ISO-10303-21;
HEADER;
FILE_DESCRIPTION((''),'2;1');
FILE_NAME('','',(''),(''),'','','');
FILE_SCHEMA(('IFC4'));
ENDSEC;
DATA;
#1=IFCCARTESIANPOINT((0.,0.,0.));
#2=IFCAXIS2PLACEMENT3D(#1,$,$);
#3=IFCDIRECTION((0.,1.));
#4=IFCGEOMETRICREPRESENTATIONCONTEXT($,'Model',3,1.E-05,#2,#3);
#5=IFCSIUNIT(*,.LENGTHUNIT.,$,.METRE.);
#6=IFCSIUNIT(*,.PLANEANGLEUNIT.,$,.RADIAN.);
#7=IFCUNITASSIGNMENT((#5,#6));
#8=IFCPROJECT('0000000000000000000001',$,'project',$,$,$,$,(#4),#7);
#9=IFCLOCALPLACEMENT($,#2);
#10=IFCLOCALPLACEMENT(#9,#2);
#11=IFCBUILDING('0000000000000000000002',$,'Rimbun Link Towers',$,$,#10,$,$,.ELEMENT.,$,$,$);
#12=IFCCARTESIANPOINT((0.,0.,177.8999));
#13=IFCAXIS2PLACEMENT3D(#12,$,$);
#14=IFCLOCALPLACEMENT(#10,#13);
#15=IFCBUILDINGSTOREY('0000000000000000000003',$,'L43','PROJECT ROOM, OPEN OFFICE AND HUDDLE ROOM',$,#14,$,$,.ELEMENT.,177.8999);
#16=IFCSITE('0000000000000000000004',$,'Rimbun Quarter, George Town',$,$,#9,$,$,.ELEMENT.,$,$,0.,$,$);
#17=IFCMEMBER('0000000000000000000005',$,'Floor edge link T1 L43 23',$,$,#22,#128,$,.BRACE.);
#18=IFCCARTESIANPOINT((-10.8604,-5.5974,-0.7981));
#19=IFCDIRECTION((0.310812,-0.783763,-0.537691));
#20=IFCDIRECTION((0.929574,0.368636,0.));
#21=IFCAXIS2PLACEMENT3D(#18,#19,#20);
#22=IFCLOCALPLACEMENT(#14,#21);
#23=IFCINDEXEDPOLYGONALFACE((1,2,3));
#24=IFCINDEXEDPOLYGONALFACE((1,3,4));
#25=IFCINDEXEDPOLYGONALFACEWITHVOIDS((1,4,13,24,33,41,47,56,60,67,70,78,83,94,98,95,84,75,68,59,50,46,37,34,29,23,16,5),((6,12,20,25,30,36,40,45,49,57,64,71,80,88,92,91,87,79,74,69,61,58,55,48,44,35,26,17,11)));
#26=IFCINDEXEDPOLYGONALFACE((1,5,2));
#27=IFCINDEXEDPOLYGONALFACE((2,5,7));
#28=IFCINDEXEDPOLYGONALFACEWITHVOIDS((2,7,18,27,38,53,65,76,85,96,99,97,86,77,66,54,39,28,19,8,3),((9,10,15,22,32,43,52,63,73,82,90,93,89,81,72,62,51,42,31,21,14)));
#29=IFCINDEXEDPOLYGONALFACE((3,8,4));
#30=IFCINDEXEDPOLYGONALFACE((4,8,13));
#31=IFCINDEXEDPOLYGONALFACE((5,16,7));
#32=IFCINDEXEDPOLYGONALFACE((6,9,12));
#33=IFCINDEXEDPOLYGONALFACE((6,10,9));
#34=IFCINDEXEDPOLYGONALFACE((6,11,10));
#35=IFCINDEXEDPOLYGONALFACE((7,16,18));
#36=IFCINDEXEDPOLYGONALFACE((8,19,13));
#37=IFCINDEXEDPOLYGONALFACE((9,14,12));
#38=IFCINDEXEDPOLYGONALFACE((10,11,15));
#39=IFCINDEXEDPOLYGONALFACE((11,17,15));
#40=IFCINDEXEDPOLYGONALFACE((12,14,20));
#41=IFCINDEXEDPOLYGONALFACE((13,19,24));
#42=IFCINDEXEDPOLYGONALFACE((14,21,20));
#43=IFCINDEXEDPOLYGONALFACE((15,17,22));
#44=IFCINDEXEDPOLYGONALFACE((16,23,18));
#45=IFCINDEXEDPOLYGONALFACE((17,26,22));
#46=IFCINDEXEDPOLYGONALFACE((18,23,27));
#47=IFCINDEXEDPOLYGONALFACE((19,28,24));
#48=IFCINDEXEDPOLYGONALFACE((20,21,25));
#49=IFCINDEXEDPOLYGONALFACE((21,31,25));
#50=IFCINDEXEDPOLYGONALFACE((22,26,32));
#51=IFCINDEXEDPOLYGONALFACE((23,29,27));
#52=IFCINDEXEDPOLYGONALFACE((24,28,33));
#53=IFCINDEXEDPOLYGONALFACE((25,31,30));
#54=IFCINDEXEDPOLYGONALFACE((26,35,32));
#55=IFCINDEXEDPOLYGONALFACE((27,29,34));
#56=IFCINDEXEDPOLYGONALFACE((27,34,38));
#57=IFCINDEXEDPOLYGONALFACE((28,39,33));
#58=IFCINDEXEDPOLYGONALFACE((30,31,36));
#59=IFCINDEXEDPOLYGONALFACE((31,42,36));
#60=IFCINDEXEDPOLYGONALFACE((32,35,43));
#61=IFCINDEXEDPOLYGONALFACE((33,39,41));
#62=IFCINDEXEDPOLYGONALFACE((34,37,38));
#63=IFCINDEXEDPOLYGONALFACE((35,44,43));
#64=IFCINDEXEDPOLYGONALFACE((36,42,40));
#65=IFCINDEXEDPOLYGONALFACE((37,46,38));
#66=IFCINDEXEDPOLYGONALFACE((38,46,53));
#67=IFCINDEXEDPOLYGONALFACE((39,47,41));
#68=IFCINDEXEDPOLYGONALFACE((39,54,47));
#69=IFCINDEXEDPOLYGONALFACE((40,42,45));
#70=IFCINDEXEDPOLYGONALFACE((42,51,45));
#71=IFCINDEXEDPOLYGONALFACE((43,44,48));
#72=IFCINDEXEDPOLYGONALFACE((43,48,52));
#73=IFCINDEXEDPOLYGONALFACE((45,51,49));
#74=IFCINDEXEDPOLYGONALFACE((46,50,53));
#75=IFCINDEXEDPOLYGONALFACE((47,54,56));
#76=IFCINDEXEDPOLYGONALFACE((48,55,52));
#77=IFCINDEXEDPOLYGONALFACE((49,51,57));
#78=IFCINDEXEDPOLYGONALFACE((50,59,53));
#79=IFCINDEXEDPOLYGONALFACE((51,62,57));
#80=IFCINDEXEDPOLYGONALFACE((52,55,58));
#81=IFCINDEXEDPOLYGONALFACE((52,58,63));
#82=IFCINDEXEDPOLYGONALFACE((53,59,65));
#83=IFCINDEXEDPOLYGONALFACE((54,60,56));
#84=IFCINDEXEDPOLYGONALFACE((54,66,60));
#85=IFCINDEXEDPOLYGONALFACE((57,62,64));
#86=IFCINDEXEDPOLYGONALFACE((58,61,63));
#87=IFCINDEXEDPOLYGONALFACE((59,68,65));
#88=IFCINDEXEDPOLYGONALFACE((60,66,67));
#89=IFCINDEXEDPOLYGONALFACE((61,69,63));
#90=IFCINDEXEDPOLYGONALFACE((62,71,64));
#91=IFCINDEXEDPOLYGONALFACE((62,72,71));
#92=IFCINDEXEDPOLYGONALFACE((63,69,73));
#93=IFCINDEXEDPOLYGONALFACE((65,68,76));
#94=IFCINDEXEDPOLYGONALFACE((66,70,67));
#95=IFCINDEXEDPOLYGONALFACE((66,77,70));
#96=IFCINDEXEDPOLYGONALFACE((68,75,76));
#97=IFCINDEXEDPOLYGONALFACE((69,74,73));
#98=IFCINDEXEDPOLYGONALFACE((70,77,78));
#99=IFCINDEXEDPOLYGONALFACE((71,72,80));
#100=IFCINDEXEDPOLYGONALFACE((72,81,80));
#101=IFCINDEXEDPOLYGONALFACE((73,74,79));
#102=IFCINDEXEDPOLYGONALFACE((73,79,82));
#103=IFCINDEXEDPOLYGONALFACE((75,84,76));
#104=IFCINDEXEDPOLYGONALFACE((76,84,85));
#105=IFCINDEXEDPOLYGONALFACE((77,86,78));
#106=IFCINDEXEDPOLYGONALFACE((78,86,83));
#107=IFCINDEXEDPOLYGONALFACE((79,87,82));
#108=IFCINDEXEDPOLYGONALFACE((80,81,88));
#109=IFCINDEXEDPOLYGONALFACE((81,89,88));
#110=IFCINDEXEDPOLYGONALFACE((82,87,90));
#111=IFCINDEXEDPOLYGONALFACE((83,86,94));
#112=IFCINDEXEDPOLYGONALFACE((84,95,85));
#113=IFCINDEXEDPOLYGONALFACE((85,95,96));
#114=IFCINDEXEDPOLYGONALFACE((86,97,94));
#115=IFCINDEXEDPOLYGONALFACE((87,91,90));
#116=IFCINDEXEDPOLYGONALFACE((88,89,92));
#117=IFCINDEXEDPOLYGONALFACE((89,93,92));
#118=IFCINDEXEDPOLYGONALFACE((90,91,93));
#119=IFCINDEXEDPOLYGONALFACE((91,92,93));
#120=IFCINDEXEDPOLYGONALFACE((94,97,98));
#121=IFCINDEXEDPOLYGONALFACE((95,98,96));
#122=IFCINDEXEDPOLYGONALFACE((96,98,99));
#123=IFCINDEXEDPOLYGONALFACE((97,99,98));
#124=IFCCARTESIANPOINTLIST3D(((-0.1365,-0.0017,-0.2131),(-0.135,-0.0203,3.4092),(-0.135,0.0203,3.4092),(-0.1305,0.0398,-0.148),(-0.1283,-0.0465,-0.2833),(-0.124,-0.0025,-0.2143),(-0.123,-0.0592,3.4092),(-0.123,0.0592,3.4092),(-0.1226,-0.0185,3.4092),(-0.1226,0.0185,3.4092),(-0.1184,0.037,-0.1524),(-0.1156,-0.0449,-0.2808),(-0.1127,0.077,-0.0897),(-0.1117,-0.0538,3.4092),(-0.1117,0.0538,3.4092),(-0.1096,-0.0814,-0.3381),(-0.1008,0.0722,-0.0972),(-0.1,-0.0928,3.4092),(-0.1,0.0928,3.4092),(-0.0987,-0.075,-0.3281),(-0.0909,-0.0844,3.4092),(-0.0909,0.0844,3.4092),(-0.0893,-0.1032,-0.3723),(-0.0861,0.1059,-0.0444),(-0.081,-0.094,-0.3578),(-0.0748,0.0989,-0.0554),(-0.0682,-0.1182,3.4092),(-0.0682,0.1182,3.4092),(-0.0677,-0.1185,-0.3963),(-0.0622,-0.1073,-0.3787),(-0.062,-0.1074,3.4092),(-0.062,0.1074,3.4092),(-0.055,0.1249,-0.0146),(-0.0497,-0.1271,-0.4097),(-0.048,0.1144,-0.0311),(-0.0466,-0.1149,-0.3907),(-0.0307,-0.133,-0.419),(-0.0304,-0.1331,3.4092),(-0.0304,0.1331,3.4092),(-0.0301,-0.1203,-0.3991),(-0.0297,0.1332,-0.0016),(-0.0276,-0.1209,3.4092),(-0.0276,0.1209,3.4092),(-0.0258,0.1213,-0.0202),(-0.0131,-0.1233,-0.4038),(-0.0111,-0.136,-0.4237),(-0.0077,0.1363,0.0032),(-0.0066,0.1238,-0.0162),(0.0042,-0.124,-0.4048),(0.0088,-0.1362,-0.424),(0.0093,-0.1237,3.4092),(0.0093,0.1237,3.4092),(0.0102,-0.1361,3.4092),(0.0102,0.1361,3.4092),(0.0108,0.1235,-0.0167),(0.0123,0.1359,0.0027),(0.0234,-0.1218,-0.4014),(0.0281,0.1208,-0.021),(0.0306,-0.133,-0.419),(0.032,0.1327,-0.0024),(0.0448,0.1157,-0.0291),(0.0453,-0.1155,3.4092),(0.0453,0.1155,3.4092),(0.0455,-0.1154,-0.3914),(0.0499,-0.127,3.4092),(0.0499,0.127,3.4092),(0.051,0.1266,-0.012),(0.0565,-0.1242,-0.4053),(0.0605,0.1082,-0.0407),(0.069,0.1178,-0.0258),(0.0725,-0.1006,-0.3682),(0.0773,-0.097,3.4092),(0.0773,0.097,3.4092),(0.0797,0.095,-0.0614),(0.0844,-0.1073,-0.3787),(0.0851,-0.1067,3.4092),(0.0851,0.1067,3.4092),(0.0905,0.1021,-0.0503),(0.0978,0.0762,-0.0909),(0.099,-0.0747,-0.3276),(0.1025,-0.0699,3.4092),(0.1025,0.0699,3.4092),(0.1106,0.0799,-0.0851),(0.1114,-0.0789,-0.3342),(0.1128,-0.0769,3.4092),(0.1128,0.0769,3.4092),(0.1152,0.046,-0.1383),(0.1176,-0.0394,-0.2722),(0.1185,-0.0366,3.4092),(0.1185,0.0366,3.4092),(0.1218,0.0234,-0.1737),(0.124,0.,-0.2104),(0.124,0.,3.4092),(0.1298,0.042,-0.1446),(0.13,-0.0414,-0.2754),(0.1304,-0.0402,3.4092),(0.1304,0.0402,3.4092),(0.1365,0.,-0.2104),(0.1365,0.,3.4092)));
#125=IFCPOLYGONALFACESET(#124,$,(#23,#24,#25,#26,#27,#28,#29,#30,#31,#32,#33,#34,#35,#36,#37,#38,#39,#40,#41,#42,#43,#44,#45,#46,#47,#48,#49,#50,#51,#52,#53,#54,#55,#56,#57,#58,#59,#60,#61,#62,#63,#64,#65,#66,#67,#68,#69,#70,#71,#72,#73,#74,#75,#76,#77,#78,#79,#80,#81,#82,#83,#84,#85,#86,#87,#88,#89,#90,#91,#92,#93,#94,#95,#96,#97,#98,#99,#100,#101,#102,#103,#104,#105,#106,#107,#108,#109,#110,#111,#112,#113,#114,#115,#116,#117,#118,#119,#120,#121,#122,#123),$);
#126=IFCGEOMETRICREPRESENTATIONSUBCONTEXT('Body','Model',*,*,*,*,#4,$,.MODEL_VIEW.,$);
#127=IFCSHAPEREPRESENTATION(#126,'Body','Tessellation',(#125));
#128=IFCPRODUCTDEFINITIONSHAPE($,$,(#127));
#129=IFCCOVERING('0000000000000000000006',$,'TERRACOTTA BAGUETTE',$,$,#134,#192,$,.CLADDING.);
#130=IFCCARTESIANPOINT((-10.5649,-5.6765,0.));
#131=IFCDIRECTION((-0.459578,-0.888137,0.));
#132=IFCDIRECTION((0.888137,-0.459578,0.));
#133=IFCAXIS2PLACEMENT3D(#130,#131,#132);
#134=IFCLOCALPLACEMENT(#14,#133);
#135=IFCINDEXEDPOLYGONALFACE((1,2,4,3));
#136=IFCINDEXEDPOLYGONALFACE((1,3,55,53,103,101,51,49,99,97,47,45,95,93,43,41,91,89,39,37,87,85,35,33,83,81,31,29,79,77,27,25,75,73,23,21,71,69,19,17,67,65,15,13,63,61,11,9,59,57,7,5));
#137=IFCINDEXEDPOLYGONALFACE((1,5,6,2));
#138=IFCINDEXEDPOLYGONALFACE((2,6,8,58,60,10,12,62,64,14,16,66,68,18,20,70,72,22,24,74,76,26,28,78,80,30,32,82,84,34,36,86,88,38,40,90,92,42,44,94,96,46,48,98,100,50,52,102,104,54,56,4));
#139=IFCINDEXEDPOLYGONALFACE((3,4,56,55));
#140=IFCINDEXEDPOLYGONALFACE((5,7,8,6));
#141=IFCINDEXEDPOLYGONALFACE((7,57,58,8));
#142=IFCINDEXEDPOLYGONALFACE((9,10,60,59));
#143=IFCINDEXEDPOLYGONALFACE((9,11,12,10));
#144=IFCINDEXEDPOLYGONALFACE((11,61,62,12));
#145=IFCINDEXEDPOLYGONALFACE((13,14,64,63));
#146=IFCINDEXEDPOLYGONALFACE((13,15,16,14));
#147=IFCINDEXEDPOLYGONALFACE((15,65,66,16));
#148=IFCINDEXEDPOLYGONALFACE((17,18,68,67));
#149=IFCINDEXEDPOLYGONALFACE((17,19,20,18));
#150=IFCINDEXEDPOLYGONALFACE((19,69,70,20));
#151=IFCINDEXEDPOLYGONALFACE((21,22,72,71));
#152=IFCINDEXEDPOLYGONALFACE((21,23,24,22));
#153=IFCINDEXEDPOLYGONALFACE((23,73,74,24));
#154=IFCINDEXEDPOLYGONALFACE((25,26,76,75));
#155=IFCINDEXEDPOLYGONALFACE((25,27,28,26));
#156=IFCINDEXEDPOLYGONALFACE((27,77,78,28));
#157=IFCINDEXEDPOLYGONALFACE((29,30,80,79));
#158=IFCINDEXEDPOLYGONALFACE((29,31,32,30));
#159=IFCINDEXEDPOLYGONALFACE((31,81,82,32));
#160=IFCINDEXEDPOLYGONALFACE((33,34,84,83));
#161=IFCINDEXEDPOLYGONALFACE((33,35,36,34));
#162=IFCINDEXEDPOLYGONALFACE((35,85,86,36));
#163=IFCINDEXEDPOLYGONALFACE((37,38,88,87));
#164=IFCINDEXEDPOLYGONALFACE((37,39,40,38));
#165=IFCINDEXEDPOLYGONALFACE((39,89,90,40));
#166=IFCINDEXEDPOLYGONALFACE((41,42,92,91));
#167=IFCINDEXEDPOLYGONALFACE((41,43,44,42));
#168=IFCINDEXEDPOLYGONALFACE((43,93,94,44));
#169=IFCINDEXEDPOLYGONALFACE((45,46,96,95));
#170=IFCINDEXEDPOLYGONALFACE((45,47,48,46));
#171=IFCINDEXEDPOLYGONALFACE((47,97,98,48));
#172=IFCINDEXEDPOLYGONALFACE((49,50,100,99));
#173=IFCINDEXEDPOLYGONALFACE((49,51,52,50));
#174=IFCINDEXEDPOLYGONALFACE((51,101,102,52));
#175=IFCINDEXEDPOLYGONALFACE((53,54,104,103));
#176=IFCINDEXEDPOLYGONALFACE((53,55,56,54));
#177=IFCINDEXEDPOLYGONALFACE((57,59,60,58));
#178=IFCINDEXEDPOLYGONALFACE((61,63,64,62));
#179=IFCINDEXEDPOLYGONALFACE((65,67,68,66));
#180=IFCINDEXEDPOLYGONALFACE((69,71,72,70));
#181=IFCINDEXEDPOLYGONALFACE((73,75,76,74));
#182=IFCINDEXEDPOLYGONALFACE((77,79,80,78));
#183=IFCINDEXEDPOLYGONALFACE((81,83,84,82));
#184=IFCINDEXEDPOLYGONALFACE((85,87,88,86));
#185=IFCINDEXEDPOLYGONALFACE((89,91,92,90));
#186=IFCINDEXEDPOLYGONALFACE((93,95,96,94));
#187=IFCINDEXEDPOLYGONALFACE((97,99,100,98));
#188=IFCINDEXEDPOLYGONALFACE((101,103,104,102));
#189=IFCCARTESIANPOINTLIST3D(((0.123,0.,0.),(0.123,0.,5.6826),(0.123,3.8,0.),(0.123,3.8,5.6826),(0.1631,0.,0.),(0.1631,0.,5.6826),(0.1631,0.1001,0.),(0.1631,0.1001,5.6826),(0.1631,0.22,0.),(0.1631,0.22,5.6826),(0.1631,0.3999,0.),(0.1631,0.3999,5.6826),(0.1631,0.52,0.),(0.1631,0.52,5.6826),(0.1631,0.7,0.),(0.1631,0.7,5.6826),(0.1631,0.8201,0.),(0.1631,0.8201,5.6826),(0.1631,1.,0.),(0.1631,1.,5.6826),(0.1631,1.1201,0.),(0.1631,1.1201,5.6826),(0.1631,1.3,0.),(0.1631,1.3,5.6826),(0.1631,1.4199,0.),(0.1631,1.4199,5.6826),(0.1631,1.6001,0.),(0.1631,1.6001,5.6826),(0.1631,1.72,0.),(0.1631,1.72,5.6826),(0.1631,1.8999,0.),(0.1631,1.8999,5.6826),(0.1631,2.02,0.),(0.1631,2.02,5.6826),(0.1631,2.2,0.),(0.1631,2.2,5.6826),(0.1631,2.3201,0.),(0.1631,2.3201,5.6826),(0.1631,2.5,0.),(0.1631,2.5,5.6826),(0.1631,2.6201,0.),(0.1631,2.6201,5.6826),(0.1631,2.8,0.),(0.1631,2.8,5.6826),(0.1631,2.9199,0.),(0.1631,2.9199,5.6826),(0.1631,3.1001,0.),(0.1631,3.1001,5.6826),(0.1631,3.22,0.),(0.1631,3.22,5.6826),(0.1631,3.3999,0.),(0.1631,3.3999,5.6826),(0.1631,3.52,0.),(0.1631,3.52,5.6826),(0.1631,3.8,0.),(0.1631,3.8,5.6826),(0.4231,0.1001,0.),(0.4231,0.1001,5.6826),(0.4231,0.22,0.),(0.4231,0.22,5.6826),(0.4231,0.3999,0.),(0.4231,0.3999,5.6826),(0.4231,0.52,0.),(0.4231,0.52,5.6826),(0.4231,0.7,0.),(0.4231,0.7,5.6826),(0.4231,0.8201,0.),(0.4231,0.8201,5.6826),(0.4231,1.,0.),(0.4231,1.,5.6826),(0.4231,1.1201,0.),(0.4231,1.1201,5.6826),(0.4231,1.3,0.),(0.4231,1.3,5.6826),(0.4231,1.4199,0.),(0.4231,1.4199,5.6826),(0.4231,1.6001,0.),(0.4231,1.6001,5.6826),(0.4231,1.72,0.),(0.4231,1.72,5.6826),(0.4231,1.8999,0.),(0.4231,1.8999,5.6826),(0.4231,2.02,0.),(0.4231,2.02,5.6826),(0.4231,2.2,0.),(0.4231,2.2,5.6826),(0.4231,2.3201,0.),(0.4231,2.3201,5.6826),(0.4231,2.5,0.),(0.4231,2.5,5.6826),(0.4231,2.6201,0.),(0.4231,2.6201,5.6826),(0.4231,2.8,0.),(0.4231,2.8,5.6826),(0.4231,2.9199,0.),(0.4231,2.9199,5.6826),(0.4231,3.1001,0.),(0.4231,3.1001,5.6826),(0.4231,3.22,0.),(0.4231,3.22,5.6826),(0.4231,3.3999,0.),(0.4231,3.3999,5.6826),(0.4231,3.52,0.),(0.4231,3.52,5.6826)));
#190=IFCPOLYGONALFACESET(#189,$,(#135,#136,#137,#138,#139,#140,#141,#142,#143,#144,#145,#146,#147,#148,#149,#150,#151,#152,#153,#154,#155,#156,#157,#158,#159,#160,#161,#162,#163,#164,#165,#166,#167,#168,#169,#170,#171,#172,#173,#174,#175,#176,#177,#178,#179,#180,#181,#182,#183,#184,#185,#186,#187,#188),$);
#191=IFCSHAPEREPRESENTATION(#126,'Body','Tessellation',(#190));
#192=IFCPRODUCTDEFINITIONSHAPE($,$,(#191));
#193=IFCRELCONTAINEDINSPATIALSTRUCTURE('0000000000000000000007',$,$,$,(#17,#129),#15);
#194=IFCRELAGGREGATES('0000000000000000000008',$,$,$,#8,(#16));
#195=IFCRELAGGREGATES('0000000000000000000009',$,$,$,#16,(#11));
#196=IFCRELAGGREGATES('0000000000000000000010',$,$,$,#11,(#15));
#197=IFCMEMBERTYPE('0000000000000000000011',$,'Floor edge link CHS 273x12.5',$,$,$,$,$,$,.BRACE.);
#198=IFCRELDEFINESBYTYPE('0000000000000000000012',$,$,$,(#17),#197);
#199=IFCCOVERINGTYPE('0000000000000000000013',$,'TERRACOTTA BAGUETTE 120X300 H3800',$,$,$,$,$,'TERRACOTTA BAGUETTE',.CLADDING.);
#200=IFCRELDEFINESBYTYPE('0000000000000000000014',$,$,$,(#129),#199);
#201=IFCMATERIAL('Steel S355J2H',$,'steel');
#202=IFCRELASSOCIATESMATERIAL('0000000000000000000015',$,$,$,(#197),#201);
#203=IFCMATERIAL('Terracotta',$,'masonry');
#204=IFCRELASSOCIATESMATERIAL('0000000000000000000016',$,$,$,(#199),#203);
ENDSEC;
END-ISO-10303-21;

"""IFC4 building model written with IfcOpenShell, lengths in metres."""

from ifc_helpers import new_model, si_unit, direction, frame, origin, origin_2d, place, context, subcontext, project, spatial, polyline, hollow_circle, outline, extrude, clip, halfspace, material, material_profile, profile_set, type_object, element, save


model = new_model("IFC4")

# Units and contexts
model_context = context("Model", 3, precision=1e-05, world=origin(), true_north=direction((0.0, 1.0)))
body_context = subcontext(model_context, "Body", "Model", "MODEL_VIEW")
ifc_project = project(units=[si_unit("LENGTHUNIT", "METRE"), si_unit("PLANEANGLEUNIT", "RADIAN")], contexts=[model_context])

# Site, building, storey
site_placement = place(None, origin())
site = spatial("IfcSite", under=ifc_project, at=site_placement, Name="Rimbun Quarter, George Town", CompositionType="ELEMENT", RefElevation=0.0)
building_placement = place(site_placement, origin())
building = spatial("IfcBuilding", under=site, at=building_placement, Name="Rimbun Link Towers", CompositionType="ELEMENT")
storey_placement = place(building_placement, frame((0.0, 0.0, 177.8999)))
storey = spatial("IfcBuildingStorey", under=building, at=storey_placement, Name="L43", Description="PROJECT ROOM, OPEN OFFICE AND HUDDLE ROOM", CompositionType="ELEMENT", Elevation=177.8999)

# Member
ifc_material_1 = material(Name="Steel S355J2H", Category="steel")
ifc_material_profile_1 = material_profile(ifc_material_1, hollow_circle(Radius=0.1365, WallThickness=0.0125, at=origin_2d()), Name="CHS 273x12.5")
ifc_profile_set_1 = profile_set([ifc_material_profile_1], Name="Steel S355J2H")
member_type_1 = type_object("IfcMemberType", Name="Floor edge link CHS 273x12.5", PredefinedType="BRACE", material=ifc_profile_set_1)
member_1_placement = place(storey_placement, frame((-10.8604, -5.5974, -0.7981), z_axis=(0.310812, -0.783763, -0.537691), x_axis=(0.929574, 0.368636, 0.0)))
element("IfcMember", 1, at=member_1_placement, inside=storey, type_object=member_type_1, Name="Floor edge link T1 L43 23", PredefinedType="BRACE", context=body_context, shape_type="Clipping", body=[
    clip(extrude(hollow_circle(Radius=0.1365, WallThickness=0.0125, at=origin_2d()), frame((0.0, 0.0, -0.4468)), (0.0, 0.0, 1.0), 3.856), halfspace(frame((0.0, 0.0, -0.2104), z_axis=(0.0, 0.843142, -0.537691)), False)),
])

# Covering
ifc_material_2 = material(Name="Terracotta", Category="masonry")
ifc_material_profile_2 = material_profile(ifc_material_2, outline(polyline([(0.123, 0.0), (0.1631, 0.0), (0.1631, 0.1001), (0.4231, 0.1001), (0.4231, 0.22), (0.1631, 0.22), (0.1631, 0.3999), (0.4231, 0.3999), (0.4231, 0.52), (0.1631, 0.52), (0.1631, 0.7), (0.4231, 0.7), (0.4231, 0.8201), (0.1631, 0.8201), (0.1631, 1.0), (0.4231, 1.0), (0.4231, 1.1201), (0.1631, 1.1201), (0.1631, 1.3), (0.4231, 1.3), (0.4231, 1.4199), (0.1631, 1.4199), (0.1631, 1.6001), (0.4231, 1.6001), (0.4231, 1.72), (0.1631, 1.72), (0.1631, 1.8999), (0.4231, 1.8999), (0.4231, 2.02), (0.1631, 2.02), (0.1631, 2.2), (0.4231, 2.2), (0.4231, 2.3201), (0.1631, 2.3201), (0.1631, 2.5), (0.4231, 2.5), (0.4231, 2.6201), (0.1631, 2.6201), (0.1631, 2.8), (0.4231, 2.8), (0.4231, 2.9199), (0.1631, 2.9199), (0.1631, 3.1001), (0.4231, 3.1001), (0.4231, 3.22), (0.1631, 3.22), (0.1631, 3.3999), (0.4231, 3.3999), (0.4231, 3.52), (0.1631, 3.52), (0.1631, 3.8), (0.123, 3.8), (0.123, 0.0)])), Name="BAGUETTE 120X300")
ifc_profile_set_2 = profile_set([ifc_material_profile_2], Name="Terracotta")
covering_type = type_object("IfcCoveringType", Name="TERRACOTTA BAGUETTE 120X300 H3800", ElementType="TERRACOTTA BAGUETTE", PredefinedType="CLADDING", material=ifc_profile_set_2)
covering_placement = place(storey_placement, frame((-10.5649, -5.6765, 0.0), z_axis=(-0.459578, -0.888137, 0.0), x_axis=(0.888137, -0.459578, 0.0)))
element("IfcCovering", 2, at=covering_placement, inside=storey, type_object=covering_type, Name="TERRACOTTA BAGUETTE", PredefinedType="CLADDING", context=body_context, shape_type="SweptSolid", body=[
    extrude(outline(polyline([(0.123, 0.0), (0.1631, 0.0), (0.1631, 0.1001), (0.4231, 0.1001), (0.4231, 0.22), (0.1631, 0.22), (0.1631, 0.3999), (0.4231, 0.3999), (0.4231, 0.52), (0.1631, 0.52), (0.1631, 0.7), (0.4231, 0.7), (0.4231, 0.8201), (0.1631, 0.8201), (0.1631, 1.0), (0.4231, 1.0), (0.4231, 1.1201), (0.1631, 1.1201), (0.1631, 1.3), (0.4231, 1.3), (0.4231, 1.4199), (0.1631, 1.4199), (0.1631, 1.6001), (0.4231, 1.6001), (0.4231, 1.72), (0.1631, 1.72), (0.1631, 1.8999), (0.4231, 1.8999), (0.4231, 2.02), (0.1631, 2.02), (0.1631, 2.2), (0.4231, 2.2), (0.4231, 2.3201), (0.1631, 2.3201), (0.1631, 2.5), (0.4231, 2.5), (0.4231, 2.6201), (0.1631, 2.6201), (0.1631, 2.8), (0.4231, 2.8), (0.4231, 2.9199), (0.1631, 2.9199), (0.1631, 3.1001), (0.4231, 3.1001), (0.4231, 3.22), (0.1631, 3.22), (0.1631, 3.3999), (0.4231, 3.3999), (0.4231, 3.52), (0.1631, 3.52), (0.1631, 3.8), (0.123, 3.8), (0.123, 0.0)])), origin(), (0.0, 0.0, 1.0), 5.6826),
])

save(model, "model.ifc")
